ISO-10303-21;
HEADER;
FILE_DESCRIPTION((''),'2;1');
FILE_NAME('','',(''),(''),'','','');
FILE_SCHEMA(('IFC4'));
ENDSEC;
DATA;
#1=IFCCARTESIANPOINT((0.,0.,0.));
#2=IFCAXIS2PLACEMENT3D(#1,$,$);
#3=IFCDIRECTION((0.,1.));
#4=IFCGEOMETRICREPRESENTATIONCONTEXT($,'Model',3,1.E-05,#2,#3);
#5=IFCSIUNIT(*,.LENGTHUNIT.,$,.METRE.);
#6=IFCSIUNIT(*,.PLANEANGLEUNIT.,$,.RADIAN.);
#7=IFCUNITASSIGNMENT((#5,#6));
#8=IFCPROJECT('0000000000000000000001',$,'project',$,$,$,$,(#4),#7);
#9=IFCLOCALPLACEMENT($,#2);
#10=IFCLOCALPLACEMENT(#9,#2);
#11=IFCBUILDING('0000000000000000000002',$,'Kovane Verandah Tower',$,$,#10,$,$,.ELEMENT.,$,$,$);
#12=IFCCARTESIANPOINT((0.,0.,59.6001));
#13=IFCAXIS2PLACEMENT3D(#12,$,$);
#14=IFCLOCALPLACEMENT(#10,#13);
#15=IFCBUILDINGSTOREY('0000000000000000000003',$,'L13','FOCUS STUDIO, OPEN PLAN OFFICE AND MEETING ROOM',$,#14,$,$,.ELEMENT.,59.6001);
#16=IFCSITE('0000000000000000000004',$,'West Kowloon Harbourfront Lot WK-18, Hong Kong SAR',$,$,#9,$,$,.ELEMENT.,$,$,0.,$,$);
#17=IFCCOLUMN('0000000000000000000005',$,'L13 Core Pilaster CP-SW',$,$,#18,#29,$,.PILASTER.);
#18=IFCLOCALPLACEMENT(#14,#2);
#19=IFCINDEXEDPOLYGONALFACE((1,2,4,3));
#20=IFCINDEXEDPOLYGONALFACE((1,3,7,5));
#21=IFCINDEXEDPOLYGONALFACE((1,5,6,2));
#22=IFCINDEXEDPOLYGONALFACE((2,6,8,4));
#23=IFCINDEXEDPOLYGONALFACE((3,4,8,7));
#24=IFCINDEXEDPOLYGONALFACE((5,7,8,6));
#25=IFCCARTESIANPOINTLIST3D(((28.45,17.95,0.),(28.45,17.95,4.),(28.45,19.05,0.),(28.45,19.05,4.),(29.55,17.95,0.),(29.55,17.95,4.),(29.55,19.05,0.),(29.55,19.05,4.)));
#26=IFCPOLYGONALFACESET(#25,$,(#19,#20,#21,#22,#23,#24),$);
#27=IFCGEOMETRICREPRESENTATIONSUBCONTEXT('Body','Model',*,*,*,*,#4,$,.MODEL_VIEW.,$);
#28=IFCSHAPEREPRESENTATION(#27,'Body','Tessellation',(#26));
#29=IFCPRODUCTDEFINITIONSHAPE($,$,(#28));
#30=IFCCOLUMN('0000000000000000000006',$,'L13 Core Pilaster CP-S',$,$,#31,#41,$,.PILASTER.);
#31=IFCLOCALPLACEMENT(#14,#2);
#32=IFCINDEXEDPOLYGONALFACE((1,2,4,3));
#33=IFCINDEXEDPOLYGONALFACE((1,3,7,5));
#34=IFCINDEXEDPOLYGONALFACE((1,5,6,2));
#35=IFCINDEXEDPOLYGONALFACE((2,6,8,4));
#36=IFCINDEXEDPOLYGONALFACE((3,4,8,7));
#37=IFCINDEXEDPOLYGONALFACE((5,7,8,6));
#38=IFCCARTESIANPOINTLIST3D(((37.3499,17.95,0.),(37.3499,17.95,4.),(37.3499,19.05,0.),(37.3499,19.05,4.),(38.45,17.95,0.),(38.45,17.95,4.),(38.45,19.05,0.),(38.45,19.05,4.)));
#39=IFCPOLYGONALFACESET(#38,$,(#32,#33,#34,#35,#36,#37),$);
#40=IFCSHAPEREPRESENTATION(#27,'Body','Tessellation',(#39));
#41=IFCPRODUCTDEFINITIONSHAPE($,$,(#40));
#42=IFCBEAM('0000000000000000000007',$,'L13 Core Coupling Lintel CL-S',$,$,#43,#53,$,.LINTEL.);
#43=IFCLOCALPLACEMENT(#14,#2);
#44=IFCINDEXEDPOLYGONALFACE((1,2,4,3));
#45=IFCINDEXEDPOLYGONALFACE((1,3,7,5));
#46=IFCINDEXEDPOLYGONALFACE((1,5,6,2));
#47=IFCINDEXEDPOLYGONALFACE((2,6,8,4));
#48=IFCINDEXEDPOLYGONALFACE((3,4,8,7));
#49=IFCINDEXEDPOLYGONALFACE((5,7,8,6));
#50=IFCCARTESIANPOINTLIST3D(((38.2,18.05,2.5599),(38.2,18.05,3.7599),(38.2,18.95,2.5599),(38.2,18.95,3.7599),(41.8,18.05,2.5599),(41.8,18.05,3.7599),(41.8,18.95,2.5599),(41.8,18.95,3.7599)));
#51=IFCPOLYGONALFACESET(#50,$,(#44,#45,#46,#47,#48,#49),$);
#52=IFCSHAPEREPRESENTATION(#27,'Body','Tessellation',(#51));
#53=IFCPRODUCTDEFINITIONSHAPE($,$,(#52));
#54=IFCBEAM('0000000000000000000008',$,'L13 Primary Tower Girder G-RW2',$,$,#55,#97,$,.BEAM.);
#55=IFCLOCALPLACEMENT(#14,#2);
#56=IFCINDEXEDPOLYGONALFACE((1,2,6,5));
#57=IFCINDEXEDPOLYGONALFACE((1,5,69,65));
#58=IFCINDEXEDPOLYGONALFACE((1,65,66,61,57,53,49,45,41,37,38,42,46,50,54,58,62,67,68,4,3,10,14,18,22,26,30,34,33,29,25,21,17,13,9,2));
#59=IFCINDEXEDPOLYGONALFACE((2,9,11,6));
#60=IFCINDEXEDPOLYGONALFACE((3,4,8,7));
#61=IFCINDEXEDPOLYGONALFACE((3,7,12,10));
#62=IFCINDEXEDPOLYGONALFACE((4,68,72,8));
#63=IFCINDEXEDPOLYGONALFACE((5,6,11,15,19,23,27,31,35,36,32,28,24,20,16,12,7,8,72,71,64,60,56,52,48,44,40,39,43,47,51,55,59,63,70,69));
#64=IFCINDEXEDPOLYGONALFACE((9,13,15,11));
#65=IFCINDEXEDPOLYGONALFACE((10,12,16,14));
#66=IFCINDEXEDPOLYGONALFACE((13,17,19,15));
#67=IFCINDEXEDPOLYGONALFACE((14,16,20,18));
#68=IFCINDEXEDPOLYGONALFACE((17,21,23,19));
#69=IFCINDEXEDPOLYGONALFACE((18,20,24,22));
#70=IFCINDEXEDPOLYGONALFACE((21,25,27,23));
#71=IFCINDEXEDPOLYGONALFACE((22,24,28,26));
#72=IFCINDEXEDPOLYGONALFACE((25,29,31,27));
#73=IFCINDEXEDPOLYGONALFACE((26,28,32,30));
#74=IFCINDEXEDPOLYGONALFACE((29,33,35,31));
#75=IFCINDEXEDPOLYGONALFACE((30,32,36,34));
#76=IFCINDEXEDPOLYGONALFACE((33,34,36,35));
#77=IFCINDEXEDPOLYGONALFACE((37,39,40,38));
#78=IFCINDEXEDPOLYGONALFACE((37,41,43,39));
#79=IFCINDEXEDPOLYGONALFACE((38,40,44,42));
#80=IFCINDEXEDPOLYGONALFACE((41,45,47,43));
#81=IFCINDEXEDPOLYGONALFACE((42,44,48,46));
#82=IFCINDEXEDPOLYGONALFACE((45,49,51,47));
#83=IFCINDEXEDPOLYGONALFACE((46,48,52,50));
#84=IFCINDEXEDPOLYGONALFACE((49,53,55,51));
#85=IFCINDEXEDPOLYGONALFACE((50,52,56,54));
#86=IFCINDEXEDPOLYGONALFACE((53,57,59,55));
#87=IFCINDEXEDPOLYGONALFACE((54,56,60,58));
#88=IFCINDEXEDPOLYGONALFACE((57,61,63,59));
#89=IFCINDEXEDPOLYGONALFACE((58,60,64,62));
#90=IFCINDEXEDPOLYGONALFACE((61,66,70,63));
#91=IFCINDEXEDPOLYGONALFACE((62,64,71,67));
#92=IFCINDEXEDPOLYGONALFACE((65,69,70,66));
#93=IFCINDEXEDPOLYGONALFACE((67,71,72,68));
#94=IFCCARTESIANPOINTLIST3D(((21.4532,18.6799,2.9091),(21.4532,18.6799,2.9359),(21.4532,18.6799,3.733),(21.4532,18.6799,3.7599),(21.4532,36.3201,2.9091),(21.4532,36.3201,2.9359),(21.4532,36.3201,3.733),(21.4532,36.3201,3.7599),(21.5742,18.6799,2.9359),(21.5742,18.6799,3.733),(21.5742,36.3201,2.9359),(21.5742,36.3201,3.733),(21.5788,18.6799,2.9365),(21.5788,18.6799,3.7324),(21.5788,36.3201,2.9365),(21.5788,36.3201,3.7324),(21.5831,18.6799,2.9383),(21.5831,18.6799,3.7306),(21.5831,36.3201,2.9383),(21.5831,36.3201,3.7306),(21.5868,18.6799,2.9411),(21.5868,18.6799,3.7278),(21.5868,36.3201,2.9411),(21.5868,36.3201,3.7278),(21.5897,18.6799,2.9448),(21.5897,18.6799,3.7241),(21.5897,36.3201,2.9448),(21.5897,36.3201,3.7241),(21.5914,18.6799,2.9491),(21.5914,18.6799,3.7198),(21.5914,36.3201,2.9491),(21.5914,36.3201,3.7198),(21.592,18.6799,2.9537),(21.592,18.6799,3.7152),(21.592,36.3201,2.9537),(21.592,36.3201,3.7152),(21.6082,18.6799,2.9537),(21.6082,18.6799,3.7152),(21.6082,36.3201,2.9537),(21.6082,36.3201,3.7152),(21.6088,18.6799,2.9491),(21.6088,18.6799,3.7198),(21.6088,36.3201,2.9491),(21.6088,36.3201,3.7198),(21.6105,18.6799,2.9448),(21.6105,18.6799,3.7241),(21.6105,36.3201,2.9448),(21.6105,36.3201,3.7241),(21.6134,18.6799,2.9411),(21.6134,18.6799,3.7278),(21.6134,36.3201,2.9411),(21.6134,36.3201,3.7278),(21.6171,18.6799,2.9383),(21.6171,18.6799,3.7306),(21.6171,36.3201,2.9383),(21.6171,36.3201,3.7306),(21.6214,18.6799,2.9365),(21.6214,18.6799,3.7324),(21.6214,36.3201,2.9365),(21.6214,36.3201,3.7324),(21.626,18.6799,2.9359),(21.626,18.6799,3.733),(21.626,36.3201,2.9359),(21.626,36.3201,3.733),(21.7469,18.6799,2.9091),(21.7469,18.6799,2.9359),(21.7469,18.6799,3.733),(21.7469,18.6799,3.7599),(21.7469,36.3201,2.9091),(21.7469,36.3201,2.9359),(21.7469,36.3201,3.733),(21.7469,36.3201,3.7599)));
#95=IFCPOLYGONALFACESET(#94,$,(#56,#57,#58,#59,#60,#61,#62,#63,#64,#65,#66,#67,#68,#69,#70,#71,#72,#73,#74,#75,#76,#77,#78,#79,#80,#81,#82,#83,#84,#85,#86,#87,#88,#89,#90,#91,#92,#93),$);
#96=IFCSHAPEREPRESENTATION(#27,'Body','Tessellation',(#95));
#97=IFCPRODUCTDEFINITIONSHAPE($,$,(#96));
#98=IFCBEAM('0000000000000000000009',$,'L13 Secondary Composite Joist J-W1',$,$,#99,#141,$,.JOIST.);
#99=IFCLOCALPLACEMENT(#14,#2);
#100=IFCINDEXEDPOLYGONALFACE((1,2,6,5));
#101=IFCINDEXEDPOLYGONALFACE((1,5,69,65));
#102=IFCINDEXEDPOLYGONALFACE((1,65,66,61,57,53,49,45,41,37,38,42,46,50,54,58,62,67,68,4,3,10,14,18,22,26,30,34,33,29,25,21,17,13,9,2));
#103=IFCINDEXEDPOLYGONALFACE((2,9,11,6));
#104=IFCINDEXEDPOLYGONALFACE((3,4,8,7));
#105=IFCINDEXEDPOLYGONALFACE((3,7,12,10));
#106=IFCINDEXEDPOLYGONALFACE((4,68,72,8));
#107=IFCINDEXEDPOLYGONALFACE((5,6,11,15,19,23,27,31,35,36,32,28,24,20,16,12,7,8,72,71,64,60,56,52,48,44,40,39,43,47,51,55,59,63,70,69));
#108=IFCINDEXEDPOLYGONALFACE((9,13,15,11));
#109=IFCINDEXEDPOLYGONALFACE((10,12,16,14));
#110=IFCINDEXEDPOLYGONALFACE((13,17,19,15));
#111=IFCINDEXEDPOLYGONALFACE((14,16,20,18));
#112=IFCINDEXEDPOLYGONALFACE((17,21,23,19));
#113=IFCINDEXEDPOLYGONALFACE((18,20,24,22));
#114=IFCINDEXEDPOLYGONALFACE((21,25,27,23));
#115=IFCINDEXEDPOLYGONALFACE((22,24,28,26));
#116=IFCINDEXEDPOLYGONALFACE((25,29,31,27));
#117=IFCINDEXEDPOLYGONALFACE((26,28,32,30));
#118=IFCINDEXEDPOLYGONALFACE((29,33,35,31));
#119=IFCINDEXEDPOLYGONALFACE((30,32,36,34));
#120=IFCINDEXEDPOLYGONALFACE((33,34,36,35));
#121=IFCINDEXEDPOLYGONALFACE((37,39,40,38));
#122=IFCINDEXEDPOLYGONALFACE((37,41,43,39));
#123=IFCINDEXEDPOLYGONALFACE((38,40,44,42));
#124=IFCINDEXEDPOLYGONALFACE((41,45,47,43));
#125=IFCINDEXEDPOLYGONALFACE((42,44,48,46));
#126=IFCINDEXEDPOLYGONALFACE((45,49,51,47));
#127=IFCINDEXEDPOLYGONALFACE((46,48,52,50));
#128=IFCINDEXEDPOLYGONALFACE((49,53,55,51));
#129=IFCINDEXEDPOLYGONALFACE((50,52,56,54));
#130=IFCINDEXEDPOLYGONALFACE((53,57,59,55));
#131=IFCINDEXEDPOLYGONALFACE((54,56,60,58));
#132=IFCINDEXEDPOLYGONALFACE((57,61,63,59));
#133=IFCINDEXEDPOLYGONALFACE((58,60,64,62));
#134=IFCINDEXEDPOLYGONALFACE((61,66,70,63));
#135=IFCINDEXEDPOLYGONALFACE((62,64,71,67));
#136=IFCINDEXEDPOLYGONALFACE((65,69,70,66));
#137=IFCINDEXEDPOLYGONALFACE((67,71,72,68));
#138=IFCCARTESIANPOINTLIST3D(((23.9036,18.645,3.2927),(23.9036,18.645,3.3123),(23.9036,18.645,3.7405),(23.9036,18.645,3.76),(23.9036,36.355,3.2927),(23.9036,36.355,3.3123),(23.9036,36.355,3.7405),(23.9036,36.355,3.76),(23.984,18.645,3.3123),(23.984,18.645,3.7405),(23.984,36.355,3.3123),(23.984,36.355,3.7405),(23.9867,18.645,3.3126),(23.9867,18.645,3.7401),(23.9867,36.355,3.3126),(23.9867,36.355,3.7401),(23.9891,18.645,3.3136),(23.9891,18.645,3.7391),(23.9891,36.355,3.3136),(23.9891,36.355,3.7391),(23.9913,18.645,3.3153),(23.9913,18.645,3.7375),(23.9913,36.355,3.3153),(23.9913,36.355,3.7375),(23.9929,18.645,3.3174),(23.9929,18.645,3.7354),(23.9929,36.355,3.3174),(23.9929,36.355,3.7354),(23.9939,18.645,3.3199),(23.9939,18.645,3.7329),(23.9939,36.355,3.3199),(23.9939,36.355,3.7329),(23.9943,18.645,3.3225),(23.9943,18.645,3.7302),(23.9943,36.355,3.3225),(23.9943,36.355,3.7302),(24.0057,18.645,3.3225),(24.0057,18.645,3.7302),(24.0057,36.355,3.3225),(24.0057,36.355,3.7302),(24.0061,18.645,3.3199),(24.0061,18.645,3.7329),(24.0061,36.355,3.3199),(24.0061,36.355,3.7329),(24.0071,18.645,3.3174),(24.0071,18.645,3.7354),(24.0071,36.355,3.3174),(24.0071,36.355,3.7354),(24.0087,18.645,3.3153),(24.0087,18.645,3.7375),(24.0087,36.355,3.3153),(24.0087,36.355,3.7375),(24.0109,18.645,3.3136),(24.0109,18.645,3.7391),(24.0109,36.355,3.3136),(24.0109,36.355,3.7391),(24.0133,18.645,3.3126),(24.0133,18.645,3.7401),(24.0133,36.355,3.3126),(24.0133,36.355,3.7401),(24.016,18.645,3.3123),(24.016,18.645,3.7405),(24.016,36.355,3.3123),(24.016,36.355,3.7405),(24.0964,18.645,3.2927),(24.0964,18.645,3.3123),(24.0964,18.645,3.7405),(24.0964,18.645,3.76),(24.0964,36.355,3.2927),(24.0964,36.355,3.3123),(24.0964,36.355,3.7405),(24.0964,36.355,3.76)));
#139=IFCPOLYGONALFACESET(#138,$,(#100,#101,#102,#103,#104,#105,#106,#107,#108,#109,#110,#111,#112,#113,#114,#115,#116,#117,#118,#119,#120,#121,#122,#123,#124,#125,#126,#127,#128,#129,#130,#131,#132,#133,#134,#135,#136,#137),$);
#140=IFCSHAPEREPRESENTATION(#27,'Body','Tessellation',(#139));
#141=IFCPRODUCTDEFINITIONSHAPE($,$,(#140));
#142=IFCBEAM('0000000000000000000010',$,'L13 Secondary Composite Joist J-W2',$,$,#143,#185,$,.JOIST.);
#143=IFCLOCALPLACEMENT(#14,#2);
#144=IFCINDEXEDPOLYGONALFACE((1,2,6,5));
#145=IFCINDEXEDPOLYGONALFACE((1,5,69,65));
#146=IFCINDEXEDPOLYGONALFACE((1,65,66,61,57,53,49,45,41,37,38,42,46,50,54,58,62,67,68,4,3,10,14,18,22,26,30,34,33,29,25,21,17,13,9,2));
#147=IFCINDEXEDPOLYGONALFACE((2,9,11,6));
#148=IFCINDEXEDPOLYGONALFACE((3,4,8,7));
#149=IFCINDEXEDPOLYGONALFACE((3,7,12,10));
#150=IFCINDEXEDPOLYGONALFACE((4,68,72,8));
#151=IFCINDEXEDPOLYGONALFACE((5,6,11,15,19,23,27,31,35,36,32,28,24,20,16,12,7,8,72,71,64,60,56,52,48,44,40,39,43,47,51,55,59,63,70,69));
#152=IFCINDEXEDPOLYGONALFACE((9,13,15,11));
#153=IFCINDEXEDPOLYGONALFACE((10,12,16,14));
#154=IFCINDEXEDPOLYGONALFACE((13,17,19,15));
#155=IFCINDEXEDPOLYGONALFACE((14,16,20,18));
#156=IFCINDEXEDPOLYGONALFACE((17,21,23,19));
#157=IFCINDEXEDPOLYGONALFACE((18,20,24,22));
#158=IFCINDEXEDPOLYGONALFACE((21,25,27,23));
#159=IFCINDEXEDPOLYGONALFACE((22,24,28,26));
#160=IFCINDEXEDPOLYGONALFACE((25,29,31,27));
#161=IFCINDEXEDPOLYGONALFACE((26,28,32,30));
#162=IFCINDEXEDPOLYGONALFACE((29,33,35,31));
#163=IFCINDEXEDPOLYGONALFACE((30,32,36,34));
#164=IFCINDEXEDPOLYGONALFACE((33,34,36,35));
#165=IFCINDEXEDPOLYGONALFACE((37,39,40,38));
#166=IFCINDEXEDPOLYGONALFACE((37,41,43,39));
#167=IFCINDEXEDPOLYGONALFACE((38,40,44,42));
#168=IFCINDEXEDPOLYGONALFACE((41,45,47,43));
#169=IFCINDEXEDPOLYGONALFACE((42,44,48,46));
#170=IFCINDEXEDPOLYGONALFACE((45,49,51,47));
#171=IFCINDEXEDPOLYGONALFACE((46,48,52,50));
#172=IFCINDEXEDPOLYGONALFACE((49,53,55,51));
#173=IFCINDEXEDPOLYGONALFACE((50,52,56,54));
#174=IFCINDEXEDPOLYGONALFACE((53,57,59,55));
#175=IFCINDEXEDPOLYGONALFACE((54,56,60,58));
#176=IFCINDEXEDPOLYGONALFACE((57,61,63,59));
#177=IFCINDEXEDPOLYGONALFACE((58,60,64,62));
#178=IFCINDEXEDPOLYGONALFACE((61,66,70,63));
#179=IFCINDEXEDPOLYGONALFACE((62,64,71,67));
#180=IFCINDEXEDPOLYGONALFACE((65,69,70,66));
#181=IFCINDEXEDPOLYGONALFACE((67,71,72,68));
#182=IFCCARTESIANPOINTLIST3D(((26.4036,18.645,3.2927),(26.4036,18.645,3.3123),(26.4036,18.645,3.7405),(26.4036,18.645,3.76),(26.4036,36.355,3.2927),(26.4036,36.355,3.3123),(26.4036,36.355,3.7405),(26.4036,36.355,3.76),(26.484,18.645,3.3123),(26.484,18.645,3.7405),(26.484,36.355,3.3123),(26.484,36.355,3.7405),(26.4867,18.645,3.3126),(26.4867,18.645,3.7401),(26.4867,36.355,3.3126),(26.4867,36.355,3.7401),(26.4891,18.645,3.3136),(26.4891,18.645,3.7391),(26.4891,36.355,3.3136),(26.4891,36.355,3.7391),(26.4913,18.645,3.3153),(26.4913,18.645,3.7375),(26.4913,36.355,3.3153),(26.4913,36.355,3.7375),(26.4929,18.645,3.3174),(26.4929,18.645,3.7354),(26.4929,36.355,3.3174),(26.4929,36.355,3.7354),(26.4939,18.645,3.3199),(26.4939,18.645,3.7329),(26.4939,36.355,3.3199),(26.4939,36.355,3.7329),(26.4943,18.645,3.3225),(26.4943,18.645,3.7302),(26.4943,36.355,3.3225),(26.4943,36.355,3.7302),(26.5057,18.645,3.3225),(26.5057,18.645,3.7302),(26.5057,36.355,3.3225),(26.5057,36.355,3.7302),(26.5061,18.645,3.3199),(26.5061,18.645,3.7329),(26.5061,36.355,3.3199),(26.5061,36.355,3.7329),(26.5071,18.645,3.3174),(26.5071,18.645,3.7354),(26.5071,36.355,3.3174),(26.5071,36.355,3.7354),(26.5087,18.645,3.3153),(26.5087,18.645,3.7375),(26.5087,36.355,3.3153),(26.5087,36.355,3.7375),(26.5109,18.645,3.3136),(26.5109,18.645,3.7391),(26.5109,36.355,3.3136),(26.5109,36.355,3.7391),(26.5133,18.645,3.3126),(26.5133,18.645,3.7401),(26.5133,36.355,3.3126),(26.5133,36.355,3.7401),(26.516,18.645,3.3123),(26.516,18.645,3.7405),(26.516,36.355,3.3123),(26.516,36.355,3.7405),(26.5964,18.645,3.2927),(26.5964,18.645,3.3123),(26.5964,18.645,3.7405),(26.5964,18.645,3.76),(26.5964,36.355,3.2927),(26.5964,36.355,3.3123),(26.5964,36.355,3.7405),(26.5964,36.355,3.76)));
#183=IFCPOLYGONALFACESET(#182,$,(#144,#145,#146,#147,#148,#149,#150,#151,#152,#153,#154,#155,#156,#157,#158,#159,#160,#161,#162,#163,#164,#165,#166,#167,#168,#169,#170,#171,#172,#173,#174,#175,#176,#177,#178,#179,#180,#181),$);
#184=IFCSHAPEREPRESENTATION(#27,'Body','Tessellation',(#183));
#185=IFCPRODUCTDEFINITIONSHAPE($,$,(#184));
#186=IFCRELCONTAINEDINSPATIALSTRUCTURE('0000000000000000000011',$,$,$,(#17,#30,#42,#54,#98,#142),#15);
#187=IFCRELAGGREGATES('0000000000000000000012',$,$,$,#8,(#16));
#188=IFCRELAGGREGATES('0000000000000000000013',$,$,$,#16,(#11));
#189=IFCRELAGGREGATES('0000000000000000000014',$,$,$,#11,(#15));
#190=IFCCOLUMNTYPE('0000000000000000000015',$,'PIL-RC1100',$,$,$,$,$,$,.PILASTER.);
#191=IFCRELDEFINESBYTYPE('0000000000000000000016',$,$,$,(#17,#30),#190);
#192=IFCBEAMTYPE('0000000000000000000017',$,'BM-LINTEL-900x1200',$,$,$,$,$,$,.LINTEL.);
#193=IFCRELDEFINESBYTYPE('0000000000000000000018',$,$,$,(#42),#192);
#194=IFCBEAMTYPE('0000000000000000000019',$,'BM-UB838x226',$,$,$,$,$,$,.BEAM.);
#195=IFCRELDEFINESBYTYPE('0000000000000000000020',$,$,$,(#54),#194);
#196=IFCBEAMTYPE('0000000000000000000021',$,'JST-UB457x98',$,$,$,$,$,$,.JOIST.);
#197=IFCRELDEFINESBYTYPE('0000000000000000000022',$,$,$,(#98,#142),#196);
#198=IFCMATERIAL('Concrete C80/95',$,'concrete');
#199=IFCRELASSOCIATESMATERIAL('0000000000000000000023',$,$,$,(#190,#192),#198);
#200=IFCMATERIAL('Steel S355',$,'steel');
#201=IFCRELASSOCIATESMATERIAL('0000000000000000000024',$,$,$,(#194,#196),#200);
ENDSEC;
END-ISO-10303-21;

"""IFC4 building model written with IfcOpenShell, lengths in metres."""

from ifc_helpers import new_model, si_unit, direction, frame, origin, origin_2d, place, context, subcontext, project, spatial, rectangle, i_section, extrude, material, material_profile, profile_set, type_object, element, save


model = new_model("IFC4")

# Units and contexts
model_context = context("Model", 3, precision=1e-05, world=origin(), true_north=direction((0.0, 1.0)))
body_context = subcontext(model_context, "Body", "Model", "MODEL_VIEW")
ifc_project = project(units=[si_unit("LENGTHUNIT", "METRE"), si_unit("PLANEANGLEUNIT", "RADIAN")], contexts=[model_context])

# Site, building, storey
site_placement = place(None, origin())
site = spatial("IfcSite", under=ifc_project, at=site_placement, Name="West Kowloon Harbourfront Lot WK-18, Hong Kong SAR", CompositionType="ELEMENT", RefElevation=0.0)
building_placement = place(site_placement, origin())
building = spatial("IfcBuilding", under=site, at=building_placement, Name="Kovane Verandah Tower", CompositionType="ELEMENT")
storey_placement = place(building_placement, frame((0.0, 0.0, 59.6001)))
storey = spatial("IfcBuildingStorey", under=building, at=storey_placement, Name="L13", Description="FOCUS STUDIO, OPEN PLAN OFFICE AND MEETING ROOM", CompositionType="ELEMENT", Elevation=59.6001)

# Columns
ifc_material_1 = material(Name="Concrete C80/95", Category="concrete")
ifc_material_profile_1 = material_profile(ifc_material_1, rectangle(XDim=1.1001, YDim=1.1001, at=origin_2d()), Name="RC1100x1100")
ifc_profile_set_1 = profile_set([ifc_material_profile_1], Name="Concrete C80/95")
column_type = type_object("IfcColumnType", Name="PIL-RC1100", PredefinedType="PILASTER", material=ifc_profile_set_1)
for number, where, z_axis, x_axis, name in (
    (1, (29.0, 18.5, 0.0), (0.0, 0.0, 1.0), (1.0, 0.0, 0.0), "L13 Core Pilaster CP-SW"),
    (2, (37.8999, 18.5, 0.0), (0.0, 0.0, 1.0), (1.0, 0.0, 0.0), "L13 Core Pilaster CP-S"),
):
    element("IfcColumn", number, at=place(storey_placement, frame(where, z_axis=z_axis, x_axis=x_axis)), inside=storey, type_object=column_type, Name=name, PredefinedType="PILASTER", context=body_context, shape_type="SweptSolid", body=[
        extrude(rectangle(XDim=1.1001, YDim=1.1001, at=origin_2d()), origin(), (0.0, 0.0, 1.0), 4.0),
    ])

# Beams
ifc_material_profile_2 = material_profile(ifc_material_1, rectangle(XDim=0.8999, YDim=1.2, at=origin_2d()), Name="RCB900x1200")
ifc_profile_set_2 = profile_set([ifc_material_profile_2], Name="Concrete C80/95")
beam_type_1 = type_object("IfcBeamType", Name="BM-LINTEL-900x1200", PredefinedType="LINTEL", material=ifc_profile_set_2)
beam_1_placement = place(storey_placement, frame((38.2, 18.5, 3.1599), z_axis=(1.0, 0.0, 0.0), x_axis=(0.0, 1.0, 0.0)))
element("IfcBeam", 3, at=beam_1_placement, inside=storey, type_object=beam_type_1, Name="L13 Core Coupling Lintel CL-S", PredefinedType="LINTEL", context=body_context, shape_type="SweptSolid", body=[
    extrude(rectangle(XDim=0.8999, YDim=1.2, at=origin_2d()), origin(), (0.0, 0.0, 1.0), 3.6001),
])
ifc_material_2 = material(Name="Steel S355", Category="steel")
ifc_material_profile_3 = material_profile(ifc_material_2, i_section(OverallWidth=0.2937, OverallDepth=0.8508, WebThickness=0.0161, FlangeThickness=0.0269, FilletRadius=0.0178, at=origin_2d()), Name="UB838x292x226")
ifc_profile_set_3 = profile_set([ifc_material_profile_3], Name="Steel S355")
beam_type_2 = type_object("IfcBeamType", Name="BM-UB838x226", PredefinedType="BEAM", material=ifc_profile_set_3)
beam_2_placement = place(storey_placement, frame((21.6001, 18.6799, 3.3345), z_axis=(0.0, 1.0, 0.0), x_axis=(-1.0, 0.0, 0.0)))
element("IfcBeam", 4, at=beam_2_placement, inside=storey, type_object=beam_type_2, Name="L13 Primary Tower Girder G-RW2", PredefinedType="BEAM", context=body_context, shape_type="SweptSolid", body=[
    extrude(i_section(OverallWidth=0.2937, OverallDepth=0.8508, WebThickness=0.0161, FlangeThickness=0.0269, FilletRadius=0.0178, at=origin_2d()), origin(), (0.0, 0.0, 1.0), 17.6401),
])
ifc_material_profile_4 = material_profile(ifc_material_2, i_section(OverallWidth=0.1929, OverallDepth=0.4673, WebThickness=0.0115, FlangeThickness=0.0195, FilletRadius=0.0103, at=origin_2d()), Name="UB457x191x98")
ifc_profile_set_4 = profile_set([ifc_material_profile_4], Name="Steel S355")
beam_type_3 = type_object("IfcBeamType", Name="JST-UB457x98", PredefinedType="JOIST", material=ifc_profile_set_4)
for number, where, z_axis, x_axis, name in (
    (5, (24.0, 18.645, 3.5264), (0.0, 1.0, 0.0), (-1.0, 0.0, 0.0), "L13 Secondary Composite Joist J-W1"),
    (6, (26.5, 18.645, 3.5264), (0.0, 1.0, 0.0), (-1.0, 0.0, 0.0), "L13 Secondary Composite Joist J-W2"),
):
    element("IfcBeam", number, at=place(storey_placement, frame(where, z_axis=z_axis, x_axis=x_axis)), inside=storey, type_object=beam_type_3, Name=name, PredefinedType="JOIST", context=body_context, shape_type="SweptSolid", body=[
        extrude(i_section(OverallWidth=0.1929, OverallDepth=0.4673, WebThickness=0.0115, FlangeThickness=0.0195, FilletRadius=0.0103, at=origin_2d()), origin(), (0.0, 0.0, 1.0), 17.71),
    ])

save(model, "model.ifc")
